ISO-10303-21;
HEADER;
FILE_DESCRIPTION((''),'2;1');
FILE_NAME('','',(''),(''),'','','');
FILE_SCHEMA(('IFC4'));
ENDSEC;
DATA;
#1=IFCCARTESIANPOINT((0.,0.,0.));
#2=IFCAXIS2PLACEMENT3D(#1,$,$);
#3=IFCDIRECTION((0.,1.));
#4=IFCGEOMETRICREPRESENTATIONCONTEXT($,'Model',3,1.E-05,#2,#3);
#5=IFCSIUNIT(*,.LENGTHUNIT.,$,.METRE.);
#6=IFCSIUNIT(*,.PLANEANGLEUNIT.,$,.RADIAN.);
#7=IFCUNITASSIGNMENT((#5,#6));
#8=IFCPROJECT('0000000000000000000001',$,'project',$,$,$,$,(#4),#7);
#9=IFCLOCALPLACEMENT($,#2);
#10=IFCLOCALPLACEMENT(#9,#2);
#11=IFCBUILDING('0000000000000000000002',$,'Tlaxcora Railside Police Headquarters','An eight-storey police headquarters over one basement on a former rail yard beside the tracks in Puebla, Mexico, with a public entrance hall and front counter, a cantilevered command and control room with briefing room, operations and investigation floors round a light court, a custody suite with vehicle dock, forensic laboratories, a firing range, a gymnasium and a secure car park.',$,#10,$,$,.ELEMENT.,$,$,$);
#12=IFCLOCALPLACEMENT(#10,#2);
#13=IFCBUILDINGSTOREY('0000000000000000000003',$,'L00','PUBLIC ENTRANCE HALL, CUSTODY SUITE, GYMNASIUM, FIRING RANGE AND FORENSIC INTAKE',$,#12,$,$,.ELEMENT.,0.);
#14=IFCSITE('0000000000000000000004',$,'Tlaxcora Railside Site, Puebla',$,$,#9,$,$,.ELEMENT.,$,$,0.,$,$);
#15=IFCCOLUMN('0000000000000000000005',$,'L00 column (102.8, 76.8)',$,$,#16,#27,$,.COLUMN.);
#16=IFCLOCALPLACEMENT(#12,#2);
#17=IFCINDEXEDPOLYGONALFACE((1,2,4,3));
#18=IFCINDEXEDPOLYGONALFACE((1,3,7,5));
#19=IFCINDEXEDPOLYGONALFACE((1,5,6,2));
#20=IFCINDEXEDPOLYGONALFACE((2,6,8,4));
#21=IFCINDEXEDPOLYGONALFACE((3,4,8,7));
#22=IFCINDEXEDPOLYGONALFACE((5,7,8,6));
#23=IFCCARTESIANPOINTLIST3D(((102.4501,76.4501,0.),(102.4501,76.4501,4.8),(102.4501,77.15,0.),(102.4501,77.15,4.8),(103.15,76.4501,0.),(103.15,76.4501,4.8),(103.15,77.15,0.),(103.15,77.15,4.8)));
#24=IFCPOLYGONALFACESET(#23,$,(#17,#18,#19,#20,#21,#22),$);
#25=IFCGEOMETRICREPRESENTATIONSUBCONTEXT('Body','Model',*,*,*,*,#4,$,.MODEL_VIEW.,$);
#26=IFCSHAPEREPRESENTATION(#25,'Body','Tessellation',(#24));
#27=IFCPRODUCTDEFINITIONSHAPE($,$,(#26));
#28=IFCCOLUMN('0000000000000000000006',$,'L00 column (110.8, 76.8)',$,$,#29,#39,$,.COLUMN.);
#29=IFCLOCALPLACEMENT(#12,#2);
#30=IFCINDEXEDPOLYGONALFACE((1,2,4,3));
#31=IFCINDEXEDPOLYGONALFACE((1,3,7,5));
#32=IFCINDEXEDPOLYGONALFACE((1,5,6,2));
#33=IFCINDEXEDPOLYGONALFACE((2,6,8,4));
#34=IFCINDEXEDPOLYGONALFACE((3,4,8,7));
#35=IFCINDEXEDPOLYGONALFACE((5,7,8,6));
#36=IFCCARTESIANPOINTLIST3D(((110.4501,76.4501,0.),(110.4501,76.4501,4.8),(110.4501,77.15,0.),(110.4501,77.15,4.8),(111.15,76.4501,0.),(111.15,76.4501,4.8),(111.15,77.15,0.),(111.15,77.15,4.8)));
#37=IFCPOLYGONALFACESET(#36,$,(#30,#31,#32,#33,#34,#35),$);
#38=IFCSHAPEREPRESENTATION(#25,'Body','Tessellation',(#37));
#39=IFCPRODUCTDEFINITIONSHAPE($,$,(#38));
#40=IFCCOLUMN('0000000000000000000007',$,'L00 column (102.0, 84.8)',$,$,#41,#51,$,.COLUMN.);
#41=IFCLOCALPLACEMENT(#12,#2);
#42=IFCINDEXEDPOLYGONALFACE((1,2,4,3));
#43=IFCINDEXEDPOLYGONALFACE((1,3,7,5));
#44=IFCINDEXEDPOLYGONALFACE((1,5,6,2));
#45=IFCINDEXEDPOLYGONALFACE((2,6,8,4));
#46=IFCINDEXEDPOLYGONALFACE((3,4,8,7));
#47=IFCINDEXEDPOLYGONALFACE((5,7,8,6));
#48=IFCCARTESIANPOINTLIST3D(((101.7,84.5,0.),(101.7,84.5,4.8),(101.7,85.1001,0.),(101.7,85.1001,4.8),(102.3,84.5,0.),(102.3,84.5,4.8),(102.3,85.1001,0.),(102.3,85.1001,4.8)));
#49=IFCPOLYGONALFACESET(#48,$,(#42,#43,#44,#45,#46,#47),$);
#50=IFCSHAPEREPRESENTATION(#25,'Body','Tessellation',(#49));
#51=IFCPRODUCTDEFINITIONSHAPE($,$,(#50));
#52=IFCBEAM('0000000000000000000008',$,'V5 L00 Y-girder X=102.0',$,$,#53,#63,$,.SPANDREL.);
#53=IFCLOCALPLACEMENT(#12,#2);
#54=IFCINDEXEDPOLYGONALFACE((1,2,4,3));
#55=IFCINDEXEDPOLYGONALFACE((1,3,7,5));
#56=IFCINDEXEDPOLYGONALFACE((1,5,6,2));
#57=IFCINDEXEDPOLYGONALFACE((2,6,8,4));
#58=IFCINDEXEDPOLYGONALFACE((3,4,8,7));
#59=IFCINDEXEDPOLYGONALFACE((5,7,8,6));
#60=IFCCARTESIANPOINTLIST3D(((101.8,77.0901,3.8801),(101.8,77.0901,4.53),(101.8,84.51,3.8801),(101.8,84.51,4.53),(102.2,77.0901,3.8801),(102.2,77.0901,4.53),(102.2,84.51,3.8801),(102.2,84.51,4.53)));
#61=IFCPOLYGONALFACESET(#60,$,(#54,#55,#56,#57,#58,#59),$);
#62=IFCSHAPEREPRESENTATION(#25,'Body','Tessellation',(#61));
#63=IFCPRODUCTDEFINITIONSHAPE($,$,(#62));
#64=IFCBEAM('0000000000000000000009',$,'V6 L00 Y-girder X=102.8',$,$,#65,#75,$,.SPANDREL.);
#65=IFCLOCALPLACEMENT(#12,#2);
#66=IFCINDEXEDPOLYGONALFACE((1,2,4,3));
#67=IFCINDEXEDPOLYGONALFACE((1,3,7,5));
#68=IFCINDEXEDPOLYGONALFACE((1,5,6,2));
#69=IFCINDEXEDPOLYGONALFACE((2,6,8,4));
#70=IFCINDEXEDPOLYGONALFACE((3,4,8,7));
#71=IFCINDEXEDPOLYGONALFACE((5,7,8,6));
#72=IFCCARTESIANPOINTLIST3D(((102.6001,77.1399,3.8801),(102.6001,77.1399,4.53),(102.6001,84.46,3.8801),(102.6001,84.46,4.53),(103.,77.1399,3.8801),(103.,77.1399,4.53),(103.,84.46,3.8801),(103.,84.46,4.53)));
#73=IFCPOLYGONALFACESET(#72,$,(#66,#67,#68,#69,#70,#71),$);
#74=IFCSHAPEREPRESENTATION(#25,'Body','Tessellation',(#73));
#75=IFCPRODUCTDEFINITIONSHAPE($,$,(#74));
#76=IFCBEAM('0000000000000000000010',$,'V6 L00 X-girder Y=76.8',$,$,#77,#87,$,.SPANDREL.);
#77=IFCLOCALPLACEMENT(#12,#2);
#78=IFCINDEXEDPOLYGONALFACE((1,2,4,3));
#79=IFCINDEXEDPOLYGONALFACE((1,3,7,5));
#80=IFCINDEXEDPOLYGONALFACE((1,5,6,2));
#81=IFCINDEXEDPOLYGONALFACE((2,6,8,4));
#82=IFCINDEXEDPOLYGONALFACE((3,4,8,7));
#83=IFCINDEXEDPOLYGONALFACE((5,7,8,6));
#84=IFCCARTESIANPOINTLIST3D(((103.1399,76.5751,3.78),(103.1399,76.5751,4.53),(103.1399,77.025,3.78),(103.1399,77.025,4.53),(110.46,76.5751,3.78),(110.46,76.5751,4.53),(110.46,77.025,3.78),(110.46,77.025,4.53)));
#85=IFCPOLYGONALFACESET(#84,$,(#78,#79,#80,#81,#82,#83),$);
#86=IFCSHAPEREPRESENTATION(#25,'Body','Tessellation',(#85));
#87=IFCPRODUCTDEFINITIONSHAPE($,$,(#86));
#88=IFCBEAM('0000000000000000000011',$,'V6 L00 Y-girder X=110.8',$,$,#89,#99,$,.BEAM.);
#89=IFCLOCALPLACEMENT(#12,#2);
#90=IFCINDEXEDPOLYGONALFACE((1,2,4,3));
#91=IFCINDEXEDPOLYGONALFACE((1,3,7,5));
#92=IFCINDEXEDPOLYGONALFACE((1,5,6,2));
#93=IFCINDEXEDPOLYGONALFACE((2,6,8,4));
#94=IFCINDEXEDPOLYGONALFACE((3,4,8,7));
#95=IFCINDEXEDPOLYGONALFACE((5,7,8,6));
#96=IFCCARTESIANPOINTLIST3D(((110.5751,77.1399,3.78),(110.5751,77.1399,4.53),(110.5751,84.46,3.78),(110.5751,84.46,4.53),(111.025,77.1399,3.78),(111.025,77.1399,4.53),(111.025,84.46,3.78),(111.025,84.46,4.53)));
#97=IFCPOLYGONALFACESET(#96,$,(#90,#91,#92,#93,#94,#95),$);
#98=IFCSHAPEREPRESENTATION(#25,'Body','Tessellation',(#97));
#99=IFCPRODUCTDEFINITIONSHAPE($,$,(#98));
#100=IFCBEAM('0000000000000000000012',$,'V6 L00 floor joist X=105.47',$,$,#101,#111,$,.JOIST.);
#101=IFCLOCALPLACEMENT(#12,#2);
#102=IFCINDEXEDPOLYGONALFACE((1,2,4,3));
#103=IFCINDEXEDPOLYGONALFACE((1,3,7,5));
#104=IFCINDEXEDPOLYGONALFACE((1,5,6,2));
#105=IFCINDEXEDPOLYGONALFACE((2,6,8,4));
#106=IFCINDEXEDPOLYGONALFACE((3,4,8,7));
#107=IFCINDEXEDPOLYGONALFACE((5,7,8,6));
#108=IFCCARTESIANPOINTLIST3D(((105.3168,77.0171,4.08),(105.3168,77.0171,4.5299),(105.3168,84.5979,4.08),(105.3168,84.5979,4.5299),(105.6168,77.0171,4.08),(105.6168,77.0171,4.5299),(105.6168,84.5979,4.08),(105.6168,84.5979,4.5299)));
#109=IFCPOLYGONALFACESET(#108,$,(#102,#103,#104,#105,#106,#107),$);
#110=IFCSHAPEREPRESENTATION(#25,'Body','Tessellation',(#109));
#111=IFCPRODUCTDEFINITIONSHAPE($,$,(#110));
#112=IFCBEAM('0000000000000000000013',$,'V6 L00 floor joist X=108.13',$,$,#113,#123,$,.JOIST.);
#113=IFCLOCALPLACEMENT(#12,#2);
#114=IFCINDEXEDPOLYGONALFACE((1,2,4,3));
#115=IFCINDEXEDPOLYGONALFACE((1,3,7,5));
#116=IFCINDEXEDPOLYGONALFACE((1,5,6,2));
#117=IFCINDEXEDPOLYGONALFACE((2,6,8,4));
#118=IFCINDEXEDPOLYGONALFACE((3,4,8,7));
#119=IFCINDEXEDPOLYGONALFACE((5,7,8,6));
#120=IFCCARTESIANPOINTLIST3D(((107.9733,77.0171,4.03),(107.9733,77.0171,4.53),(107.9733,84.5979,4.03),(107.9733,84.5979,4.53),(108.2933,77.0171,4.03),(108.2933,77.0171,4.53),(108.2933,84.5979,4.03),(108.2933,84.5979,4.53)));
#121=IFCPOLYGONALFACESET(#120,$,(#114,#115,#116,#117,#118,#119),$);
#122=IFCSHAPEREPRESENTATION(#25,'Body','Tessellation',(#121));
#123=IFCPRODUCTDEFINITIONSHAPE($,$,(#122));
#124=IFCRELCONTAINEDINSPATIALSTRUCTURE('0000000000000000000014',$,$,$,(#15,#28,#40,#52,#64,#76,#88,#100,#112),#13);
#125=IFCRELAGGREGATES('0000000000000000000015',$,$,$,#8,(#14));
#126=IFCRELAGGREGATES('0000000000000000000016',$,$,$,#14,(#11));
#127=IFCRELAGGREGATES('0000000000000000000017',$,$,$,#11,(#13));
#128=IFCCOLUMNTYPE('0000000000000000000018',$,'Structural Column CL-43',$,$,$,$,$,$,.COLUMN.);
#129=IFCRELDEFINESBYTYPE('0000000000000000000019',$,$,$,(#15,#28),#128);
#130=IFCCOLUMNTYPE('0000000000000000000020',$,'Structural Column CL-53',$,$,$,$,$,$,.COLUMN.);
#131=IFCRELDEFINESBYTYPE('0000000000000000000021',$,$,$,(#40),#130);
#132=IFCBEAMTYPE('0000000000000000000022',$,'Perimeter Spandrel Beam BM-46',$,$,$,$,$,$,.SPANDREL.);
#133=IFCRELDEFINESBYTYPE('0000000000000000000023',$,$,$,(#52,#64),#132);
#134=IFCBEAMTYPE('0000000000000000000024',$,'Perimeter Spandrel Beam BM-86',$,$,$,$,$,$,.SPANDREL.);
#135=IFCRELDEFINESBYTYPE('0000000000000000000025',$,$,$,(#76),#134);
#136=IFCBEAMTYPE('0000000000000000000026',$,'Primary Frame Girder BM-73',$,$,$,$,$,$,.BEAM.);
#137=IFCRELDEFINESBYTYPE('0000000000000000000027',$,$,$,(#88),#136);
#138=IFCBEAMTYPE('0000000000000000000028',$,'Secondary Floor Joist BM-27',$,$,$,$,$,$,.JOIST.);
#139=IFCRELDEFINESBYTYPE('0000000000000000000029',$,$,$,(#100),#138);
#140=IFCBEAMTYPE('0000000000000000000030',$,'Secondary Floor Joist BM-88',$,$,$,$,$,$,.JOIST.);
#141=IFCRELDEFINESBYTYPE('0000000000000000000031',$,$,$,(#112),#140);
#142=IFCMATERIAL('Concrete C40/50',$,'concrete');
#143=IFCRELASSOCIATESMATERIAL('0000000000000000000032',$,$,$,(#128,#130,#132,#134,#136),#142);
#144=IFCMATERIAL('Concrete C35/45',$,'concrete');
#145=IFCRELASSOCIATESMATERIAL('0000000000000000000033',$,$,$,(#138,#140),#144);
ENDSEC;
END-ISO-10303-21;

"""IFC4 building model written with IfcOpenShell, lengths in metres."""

from ifc_helpers import new_model, si_unit, direction, frame, origin, origin_2d, place, context, subcontext, project, spatial, rectangle, extrude, material, material_profile, profile_set, type_object, element, save


model = new_model("IFC4")

# Units and contexts
model_context = context("Model", 3, precision=1e-05, world=origin(), true_north=direction((0.0, 1.0)))
body_context = subcontext(model_context, "Body", "Model", "MODEL_VIEW")
ifc_project = project(units=[si_unit("LENGTHUNIT", "METRE"), si_unit("PLANEANGLEUNIT", "RADIAN")], contexts=[model_context])

# Site, building, storey
site_placement = place(None, origin())
site = spatial("IfcSite", under=ifc_project, at=site_placement, Name="Tlaxcora Railside Site, Puebla", CompositionType="ELEMENT", RefElevation=0.0)
building_placement = place(site_placement, origin())
building = spatial("IfcBuilding", under=site, at=building_placement, Name="Tlaxcora Railside Police Headquarters", Description="An eight-storey police headquarters over one basement on a former rail yard beside the tracks in Puebla, Mexico, with a public entrance hall and front counter, a cantilevered command and control room with briefing room, operations and investigation floors round a light court, a custody suite with vehicle dock, forensic laboratories, a firing range, a gymnasium and a secure car park.", CompositionType="ELEMENT")
storey_placement = place(building_placement, origin())
storey = spatial("IfcBuildingStorey", under=building, at=storey_placement, Name="L00", Description="PUBLIC ENTRANCE HALL, CUSTODY SUITE, GYMNASIUM, FIRING RANGE AND FORENSIC INTAKE", CompositionType="ELEMENT", Elevation=0.0)

# Columns
ifc_material_1 = material(Name="Concrete C40/50", Category="concrete")
ifc_material_profile_1 = material_profile(ifc_material_1, rectangle(XDim=0.7, YDim=0.7, at=origin_2d()), Name="RC700X700")
ifc_profile_set_1 = profile_set([ifc_material_profile_1], Name="Concrete C40/50")
column_type_1 = type_object("IfcColumnType", Name="Structural Column CL-43", PredefinedType="COLUMN", material=ifc_profile_set_1)
for number, where, z_axis, x_axis, name in (
    (1, (102.8, 76.8, 0.0), (0.0, 0.0, 1.0), (1.0, 0.0, 0.0), "L00 column (102.8, 76.8)"),
    (2, (110.8, 76.8, 0.0), (0.0, 0.0, 1.0), (1.0, 0.0, 0.0), "L00 column (110.8, 76.8)"),
):
    element("IfcColumn", number, at=place(storey_placement, frame(where, z_axis=z_axis, x_axis=x_axis)), inside=storey, type_object=column_type_1, Name=name, PredefinedType="COLUMN", context=body_context, shape_type="SweptSolid", body=[
        extrude(rectangle(XDim=0.7, YDim=0.7, at=origin_2d()), origin(), (0.0, 0.0, 1.0), 4.8),
    ])
ifc_material_profile_2 = material_profile(ifc_material_1, rectangle(XDim=0.6001, YDim=0.6001, at=origin_2d()), Name="RC600X600")
ifc_profile_set_2 = profile_set([ifc_material_profile_2], Name="Concrete C40/50")
column_type_2 = type_object("IfcColumnType", Name="Structural Column CL-53", PredefinedType="COLUMN", material=ifc_profile_set_2)
column_placement = place(storey_placement, frame((102.0, 84.8, 0.0), z_axis=(0.0, 0.0, 1.0), x_axis=(1.0, 0.0, 0.0)))
element("IfcColumn", 3, at=column_placement, inside=storey, type_object=column_type_2, Name="L00 column (102.0, 84.8)", PredefinedType="COLUMN", context=body_context, shape_type="SweptSolid", body=[
    extrude(rectangle(XDim=0.6001, YDim=0.6001, at=origin_2d()), origin(), (0.0, 0.0, 1.0), 4.8),
])

# Beams
ifc_material_profile_3 = material_profile(ifc_material_1, rectangle(XDim=0.3999, YDim=0.6499, at=origin_2d()), Name="RC400X650")
ifc_profile_set_3 = profile_set([ifc_material_profile_3], Name="Concrete C40/50")
beam_type_1 = type_object("IfcBeamType", Name="Perimeter Spandrel Beam BM-46", PredefinedType="SPANDREL", material=ifc_profile_set_3)
beam_1_placement = place(storey_placement, frame((102.0, 77.0901, 4.2051), z_axis=(0.0, 1.0, 0.0), x_axis=(-1.0, 0.0, 0.0)))
element("IfcBeam", 4, at=beam_1_placement, inside=storey, type_object=beam_type_1, Name="V5 L00 Y-girder X=102.0", PredefinedType="SPANDREL", context=body_context, shape_type="SweptSolid", body=[
    extrude(rectangle(XDim=0.3999, YDim=0.6499, at=origin_2d()), origin(), (0.0, 0.0, 1.0), 7.4199),
])
beam_2_placement = place(storey_placement, frame((102.8, 77.1399, 4.2051), z_axis=(0.0, 1.0, 0.0), x_axis=(-1.0, 0.0, 0.0)))
element("IfcBeam", 5, at=beam_2_placement, inside=storey, type_object=beam_type_1, Name="V6 L00 Y-girder X=102.8", PredefinedType="SPANDREL", context=body_context, shape_type="SweptSolid", body=[
    extrude(rectangle(XDim=0.3999, YDim=0.6499, at=origin_2d()), origin(), (0.0, 0.0, 1.0), 7.3201),
])
ifc_material_profile_4 = material_profile(ifc_material_1, rectangle(XDim=0.45, YDim=0.75, at=origin_2d()), Name="RC450X750")
ifc_profile_set_4 = profile_set([ifc_material_profile_4], Name="Concrete C40/50")
beam_type_2 = type_object("IfcBeamType", Name="Perimeter Spandrel Beam BM-86", PredefinedType="SPANDREL", material=ifc_profile_set_4)
beam_3_placement = place(storey_placement, frame((103.1399, 76.8, 4.155), z_axis=(1.0, 0.0, 0.0), x_axis=(0.0, 1.0, 0.0)))
element("IfcBeam", 6, at=beam_3_placement, inside=storey, type_object=beam_type_2, Name="V6 L00 X-girder Y=76.8", PredefinedType="SPANDREL", context=body_context, shape_type="SweptSolid", body=[
    extrude(rectangle(XDim=0.45, YDim=0.75, at=origin_2d()), origin(), (0.0, 0.0, 1.0), 7.3201),
])
ifc_material_profile_5 = material_profile(ifc_material_1, rectangle(XDim=0.45, YDim=0.75, at=origin_2d()), Name="RC450X750")
ifc_profile_set_5 = profile_set([ifc_material_profile_5], Name="Concrete C40/50")
beam_type_3 = type_object("IfcBeamType", Name="Primary Frame Girder BM-73", PredefinedType="BEAM", material=ifc_profile_set_5)
beam_4_placement = place(storey_placement, frame((110.8, 77.1399, 4.155), z_axis=(0.0, 1.0, 0.0), x_axis=(-1.0, 0.0, 0.0)))
element("IfcBeam", 7, at=beam_4_placement, inside=storey, type_object=beam_type_3, Name="V6 L00 Y-girder X=110.8", PredefinedType="BEAM", context=body_context, shape_type="SweptSolid", body=[
    extrude(rectangle(XDim=0.45, YDim=0.75, at=origin_2d()), origin(), (0.0, 0.0, 1.0), 7.3201),
])
ifc_material_2 = material(Name="Concrete C35/45", Category="concrete")
ifc_material_profile_6 = material_profile(ifc_material_2, rectangle(XDim=0.3, YDim=0.45, at=origin_2d()), Name="RC300X450")
ifc_profile_set_6 = profile_set([ifc_material_profile_6], Name="Concrete C35/45")
beam_type_4 = type_object("IfcBeamType", Name="Secondary Floor Joist BM-27", PredefinedType="JOIST", material=ifc_profile_set_6)
beam_5_placement = place(storey_placement, frame((105.4668, 77.0171, 4.3049), z_axis=(0.0, 1.0, 0.0), x_axis=(-1.0, 0.0, 0.0)))
element("IfcBeam", 8, at=beam_5_placement, inside=storey, type_object=beam_type_4, Name="V6 L00 floor joist X=105.47", PredefinedType="JOIST", context=body_context, shape_type="SweptSolid", body=[
    extrude(rectangle(XDim=0.3, YDim=0.45, at=origin_2d()), origin(), (0.0, 0.0, 1.0), 7.5808),
])
ifc_material_profile_7 = material_profile(ifc_material_2, rectangle(XDim=0.3201, YDim=0.5, at=origin_2d()), Name="RC320X500")
ifc_profile_set_7 = profile_set([ifc_material_profile_7], Name="Concrete C35/45")
beam_type_5 = type_object("IfcBeamType", Name="Secondary Floor Joist BM-88", PredefinedType="JOIST", material=ifc_profile_set_7)
beam_6_placement = place(storey_placement, frame((108.1333, 77.0171, 4.28), z_axis=(0.0, 1.0, 0.0), x_axis=(-1.0, 0.0, 0.0)))
element("IfcBeam", 9, at=beam_6_placement, inside=storey, type_object=beam_type_5, Name="V6 L00 floor joist X=108.13", PredefinedType="JOIST", context=body_context, shape_type="SweptSolid", body=[
    extrude(rectangle(XDim=0.3201, YDim=0.5, at=origin_2d()), origin(), (0.0, 0.0, 1.0), 7.5808),
])

save(model, "model.ifc")
